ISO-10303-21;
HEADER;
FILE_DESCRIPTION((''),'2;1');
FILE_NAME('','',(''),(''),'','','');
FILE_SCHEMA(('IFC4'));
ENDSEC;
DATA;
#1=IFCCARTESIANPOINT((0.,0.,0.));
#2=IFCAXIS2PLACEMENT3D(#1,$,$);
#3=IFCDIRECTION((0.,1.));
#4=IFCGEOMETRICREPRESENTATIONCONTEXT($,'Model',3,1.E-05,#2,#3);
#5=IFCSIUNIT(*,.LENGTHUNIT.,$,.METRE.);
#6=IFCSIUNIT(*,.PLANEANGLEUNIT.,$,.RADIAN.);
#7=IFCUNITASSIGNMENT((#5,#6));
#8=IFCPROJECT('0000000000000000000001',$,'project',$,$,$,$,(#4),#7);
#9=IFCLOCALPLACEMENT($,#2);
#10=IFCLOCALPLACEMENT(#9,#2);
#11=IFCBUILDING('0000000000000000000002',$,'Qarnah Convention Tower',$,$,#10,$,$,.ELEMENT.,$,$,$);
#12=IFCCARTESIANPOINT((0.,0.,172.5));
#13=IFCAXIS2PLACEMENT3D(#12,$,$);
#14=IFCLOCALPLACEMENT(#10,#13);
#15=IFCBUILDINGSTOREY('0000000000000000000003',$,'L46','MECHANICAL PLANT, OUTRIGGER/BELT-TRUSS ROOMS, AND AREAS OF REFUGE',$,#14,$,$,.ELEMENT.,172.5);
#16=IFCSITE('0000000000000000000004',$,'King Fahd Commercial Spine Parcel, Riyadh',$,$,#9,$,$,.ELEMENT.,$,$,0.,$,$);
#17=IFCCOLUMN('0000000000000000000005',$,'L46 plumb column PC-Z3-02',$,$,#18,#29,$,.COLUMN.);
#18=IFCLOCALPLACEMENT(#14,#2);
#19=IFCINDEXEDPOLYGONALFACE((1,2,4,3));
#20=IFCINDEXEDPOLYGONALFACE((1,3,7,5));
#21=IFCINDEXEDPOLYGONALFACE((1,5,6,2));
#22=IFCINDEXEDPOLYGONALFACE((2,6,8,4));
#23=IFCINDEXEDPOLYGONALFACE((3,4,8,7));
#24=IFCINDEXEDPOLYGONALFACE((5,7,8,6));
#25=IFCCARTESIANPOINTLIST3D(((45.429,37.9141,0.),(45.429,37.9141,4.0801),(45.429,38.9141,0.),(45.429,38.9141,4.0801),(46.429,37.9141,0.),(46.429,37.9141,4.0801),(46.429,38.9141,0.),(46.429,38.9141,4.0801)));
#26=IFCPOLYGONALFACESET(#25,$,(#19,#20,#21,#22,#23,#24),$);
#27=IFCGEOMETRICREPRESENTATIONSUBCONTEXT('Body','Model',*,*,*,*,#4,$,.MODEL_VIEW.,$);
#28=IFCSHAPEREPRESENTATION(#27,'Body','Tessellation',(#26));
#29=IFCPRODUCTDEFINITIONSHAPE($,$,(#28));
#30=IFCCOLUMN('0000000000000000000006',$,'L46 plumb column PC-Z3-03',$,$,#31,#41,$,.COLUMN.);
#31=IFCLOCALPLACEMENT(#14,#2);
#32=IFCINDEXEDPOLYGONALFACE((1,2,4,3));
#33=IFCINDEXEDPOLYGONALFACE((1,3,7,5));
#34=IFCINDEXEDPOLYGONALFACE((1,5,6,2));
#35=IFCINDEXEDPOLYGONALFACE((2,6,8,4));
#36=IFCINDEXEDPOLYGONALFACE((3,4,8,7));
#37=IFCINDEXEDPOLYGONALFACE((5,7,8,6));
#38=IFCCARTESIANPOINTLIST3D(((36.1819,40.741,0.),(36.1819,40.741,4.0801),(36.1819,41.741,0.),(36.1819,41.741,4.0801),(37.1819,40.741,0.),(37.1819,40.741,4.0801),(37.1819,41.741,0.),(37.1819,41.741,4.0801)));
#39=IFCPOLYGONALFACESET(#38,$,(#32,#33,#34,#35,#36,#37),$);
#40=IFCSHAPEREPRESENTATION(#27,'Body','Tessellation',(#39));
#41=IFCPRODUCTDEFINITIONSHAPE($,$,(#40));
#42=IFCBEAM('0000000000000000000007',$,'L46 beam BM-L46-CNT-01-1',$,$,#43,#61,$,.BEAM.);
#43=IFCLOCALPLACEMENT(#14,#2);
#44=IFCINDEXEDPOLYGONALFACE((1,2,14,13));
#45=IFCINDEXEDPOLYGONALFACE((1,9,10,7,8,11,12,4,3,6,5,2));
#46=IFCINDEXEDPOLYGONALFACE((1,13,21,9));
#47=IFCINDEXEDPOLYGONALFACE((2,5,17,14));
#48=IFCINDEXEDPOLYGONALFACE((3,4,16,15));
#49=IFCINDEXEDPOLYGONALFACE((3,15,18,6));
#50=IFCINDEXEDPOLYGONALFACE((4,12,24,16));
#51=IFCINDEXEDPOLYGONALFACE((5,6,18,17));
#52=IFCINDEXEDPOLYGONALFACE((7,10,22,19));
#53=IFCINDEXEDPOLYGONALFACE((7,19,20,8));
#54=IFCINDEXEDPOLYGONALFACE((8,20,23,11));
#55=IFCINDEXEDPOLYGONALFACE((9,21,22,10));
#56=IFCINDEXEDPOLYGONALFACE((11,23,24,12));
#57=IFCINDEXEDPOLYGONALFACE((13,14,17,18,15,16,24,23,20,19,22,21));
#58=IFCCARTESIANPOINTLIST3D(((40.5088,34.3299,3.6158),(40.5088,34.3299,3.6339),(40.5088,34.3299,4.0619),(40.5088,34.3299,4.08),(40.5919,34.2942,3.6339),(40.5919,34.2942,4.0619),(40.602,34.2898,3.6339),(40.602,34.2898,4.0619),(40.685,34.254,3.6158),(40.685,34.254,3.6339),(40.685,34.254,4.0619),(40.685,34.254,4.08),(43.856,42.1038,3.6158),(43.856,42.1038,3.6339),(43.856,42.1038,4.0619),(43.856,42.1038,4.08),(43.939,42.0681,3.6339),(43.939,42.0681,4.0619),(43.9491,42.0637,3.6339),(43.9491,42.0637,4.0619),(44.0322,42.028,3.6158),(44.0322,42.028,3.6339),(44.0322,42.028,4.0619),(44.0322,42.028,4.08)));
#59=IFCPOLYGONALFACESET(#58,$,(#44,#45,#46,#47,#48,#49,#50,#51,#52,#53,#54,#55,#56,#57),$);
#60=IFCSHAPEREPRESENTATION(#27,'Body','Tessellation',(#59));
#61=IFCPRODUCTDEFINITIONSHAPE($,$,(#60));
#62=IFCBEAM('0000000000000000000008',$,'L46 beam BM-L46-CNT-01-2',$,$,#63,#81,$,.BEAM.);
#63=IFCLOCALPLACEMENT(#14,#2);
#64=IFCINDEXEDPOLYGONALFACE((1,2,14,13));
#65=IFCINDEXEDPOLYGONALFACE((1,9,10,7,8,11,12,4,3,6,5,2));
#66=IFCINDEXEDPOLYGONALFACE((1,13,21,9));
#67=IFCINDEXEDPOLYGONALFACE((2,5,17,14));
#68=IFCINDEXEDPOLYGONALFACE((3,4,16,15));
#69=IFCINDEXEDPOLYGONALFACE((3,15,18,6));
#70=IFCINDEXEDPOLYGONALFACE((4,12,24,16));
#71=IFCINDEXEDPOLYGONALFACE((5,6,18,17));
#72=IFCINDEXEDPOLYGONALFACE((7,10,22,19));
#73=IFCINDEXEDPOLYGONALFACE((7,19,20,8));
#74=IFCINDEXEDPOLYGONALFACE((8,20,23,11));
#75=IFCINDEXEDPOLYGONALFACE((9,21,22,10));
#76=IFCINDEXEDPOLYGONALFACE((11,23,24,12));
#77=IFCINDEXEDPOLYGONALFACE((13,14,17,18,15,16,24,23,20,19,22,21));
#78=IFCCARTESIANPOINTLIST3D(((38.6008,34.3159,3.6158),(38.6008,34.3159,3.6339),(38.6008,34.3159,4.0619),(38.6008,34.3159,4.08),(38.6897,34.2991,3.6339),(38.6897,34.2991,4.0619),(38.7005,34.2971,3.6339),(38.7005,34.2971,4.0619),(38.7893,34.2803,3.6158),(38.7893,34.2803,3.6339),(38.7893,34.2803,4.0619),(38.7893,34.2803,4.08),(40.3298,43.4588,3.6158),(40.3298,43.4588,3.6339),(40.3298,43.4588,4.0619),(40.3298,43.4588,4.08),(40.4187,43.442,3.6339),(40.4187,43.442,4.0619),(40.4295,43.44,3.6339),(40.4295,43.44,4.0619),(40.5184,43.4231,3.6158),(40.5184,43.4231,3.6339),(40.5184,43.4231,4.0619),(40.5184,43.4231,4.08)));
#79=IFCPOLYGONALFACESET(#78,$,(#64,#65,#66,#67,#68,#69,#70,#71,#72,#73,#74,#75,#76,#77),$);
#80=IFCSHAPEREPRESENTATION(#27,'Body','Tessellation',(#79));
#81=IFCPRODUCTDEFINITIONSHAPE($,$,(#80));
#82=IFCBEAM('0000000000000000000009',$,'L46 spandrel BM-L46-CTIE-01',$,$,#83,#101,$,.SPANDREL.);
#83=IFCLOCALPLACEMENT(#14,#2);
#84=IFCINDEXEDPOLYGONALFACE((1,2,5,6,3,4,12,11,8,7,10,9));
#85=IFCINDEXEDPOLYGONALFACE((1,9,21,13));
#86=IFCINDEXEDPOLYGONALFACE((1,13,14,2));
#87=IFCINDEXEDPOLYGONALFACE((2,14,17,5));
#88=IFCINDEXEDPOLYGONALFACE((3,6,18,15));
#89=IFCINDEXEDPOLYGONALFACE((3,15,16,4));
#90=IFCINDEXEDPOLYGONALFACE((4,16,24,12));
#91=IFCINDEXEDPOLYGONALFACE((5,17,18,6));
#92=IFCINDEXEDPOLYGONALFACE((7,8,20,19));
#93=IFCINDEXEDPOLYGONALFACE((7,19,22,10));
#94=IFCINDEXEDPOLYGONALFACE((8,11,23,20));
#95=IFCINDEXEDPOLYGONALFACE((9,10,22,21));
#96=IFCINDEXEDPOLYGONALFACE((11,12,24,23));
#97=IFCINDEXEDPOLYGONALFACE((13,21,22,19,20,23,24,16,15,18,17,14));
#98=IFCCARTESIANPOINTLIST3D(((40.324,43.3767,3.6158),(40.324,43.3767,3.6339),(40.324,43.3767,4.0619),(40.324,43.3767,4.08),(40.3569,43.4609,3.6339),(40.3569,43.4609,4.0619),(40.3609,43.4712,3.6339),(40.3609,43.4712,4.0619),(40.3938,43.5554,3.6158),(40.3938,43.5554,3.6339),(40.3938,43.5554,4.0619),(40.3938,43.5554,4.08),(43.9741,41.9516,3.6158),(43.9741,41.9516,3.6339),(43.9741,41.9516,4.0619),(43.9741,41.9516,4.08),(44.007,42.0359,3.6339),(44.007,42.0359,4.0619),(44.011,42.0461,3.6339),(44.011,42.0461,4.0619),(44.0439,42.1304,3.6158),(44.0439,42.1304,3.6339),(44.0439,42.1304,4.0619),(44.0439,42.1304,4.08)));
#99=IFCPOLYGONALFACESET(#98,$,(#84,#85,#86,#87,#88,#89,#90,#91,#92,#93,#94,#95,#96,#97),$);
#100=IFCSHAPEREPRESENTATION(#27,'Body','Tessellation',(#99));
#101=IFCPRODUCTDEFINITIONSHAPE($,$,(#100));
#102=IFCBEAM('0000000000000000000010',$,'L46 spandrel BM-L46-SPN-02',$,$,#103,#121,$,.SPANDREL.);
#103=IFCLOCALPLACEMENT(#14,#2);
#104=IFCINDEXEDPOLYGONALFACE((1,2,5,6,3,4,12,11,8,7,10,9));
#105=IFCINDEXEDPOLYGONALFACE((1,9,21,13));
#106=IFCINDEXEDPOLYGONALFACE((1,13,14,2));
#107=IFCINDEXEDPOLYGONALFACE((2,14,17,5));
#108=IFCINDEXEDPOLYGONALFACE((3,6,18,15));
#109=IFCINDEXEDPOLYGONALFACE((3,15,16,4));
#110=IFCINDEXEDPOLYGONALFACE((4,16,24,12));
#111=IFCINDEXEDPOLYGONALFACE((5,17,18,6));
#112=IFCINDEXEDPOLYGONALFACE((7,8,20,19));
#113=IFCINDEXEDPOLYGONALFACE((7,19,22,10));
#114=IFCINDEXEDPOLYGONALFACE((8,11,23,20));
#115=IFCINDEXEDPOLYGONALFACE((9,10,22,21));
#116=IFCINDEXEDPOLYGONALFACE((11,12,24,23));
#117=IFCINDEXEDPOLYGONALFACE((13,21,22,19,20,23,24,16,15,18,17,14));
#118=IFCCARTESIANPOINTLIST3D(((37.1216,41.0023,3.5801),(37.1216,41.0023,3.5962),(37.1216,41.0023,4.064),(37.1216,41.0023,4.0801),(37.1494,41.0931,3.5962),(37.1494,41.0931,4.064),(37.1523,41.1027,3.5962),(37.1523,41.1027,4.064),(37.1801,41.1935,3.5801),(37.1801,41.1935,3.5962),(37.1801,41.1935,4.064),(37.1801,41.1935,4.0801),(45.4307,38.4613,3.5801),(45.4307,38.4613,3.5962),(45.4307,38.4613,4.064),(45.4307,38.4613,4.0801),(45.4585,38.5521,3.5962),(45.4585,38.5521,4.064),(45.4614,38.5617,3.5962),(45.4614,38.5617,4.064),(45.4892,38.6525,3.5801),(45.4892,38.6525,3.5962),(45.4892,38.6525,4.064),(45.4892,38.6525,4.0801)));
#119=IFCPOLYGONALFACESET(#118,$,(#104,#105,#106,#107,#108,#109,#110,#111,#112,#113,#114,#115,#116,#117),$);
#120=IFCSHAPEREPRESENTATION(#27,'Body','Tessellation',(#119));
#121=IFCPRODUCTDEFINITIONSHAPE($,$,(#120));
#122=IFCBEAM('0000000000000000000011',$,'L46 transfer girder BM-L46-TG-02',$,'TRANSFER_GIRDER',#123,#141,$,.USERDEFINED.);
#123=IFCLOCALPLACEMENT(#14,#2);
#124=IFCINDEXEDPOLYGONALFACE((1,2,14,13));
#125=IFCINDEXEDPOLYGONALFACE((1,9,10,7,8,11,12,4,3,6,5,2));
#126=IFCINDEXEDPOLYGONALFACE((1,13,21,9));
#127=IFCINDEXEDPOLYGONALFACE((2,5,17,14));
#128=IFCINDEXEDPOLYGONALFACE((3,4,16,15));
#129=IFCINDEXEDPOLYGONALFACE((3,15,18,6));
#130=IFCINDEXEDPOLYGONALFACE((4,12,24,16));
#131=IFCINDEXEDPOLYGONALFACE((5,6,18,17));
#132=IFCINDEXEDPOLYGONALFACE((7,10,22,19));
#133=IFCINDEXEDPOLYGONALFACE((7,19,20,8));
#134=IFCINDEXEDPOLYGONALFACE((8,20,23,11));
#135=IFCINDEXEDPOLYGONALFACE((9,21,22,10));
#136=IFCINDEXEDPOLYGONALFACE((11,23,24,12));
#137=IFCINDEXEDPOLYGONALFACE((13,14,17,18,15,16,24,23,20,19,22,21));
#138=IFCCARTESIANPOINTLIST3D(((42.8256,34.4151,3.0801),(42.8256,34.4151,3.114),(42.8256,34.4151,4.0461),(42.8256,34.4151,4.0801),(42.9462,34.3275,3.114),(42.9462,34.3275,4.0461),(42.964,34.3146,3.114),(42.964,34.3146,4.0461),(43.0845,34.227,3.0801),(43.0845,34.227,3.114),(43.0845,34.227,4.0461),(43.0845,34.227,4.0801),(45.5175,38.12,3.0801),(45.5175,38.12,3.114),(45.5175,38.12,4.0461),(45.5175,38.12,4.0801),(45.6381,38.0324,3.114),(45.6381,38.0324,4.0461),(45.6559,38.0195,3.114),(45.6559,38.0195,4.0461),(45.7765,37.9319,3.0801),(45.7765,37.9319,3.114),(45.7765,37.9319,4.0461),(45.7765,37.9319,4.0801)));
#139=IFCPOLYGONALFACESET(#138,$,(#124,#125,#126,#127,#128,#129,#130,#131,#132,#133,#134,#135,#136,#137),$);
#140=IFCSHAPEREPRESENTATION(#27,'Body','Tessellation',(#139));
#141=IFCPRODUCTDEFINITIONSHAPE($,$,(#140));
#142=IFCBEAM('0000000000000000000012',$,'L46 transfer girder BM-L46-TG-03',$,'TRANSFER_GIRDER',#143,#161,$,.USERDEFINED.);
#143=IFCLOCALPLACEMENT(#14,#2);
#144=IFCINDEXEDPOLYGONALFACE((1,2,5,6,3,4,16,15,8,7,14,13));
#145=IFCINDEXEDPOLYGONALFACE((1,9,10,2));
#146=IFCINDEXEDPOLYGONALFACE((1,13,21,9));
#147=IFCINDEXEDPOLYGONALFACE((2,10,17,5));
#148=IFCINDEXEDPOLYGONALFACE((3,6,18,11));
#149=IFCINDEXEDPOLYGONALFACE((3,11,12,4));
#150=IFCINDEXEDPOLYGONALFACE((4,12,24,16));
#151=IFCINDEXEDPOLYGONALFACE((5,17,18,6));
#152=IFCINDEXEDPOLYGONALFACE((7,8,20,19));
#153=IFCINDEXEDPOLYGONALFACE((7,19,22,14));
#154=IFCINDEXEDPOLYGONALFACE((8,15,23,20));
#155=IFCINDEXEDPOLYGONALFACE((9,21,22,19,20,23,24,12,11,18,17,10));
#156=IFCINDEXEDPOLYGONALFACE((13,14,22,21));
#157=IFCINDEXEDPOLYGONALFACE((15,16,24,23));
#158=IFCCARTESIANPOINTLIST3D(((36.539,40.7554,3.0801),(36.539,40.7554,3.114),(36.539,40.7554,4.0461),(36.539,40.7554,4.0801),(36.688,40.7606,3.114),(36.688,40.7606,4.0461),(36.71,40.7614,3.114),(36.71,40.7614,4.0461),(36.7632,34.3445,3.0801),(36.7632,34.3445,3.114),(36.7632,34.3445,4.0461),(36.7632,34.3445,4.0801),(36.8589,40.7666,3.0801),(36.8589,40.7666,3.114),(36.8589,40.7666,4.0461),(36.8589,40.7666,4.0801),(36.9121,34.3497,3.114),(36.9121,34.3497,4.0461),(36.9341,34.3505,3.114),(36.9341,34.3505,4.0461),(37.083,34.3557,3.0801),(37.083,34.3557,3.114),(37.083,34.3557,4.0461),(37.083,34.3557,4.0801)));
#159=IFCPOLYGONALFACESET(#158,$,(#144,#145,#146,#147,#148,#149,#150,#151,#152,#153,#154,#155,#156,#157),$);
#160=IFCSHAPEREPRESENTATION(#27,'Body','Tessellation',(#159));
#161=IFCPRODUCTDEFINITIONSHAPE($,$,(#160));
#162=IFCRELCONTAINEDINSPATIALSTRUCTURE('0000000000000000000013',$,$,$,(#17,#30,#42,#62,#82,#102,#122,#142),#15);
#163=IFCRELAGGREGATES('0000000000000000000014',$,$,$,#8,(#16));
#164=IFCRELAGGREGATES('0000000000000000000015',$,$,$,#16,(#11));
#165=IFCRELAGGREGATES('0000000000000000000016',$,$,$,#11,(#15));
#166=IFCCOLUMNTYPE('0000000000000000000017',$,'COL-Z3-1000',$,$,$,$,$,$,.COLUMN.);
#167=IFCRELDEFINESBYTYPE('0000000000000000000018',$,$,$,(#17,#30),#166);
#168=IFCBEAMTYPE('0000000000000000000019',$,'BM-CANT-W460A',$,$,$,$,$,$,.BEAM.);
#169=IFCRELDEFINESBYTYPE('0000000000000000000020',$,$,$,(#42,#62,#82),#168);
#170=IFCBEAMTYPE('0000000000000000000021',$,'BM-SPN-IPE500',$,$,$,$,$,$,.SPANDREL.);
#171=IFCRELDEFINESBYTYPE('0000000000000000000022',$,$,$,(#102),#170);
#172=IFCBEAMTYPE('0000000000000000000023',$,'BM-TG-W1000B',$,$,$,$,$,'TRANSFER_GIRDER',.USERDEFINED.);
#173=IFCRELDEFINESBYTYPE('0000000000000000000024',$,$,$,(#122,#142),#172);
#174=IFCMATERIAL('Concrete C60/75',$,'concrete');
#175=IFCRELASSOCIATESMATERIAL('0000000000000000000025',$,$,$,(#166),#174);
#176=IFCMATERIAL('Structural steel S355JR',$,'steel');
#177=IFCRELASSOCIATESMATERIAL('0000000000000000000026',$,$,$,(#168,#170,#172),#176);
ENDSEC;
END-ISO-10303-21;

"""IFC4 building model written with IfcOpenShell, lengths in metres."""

from ifc_helpers import new_model, si_unit, direction, frame, origin, origin_2d, place, context, subcontext, project, spatial, rectangle, i_section, extrude, material, material_profile, profile_set, type_object, element, save


model = new_model("IFC4")

# Units and contexts
model_context = context("Model", 3, precision=1e-05, world=origin(), true_north=direction((0.0, 1.0)))
body_context = subcontext(model_context, "Body", "Model", "MODEL_VIEW")
ifc_project = project(units=[si_unit("LENGTHUNIT", "METRE"), si_unit("PLANEANGLEUNIT", "RADIAN")], contexts=[model_context])

# Site, building, storey
site_placement = place(None, origin())
site = spatial("IfcSite", under=ifc_project, at=site_placement, Name="King Fahd Commercial Spine Parcel, Riyadh", CompositionType="ELEMENT", RefElevation=0.0)
building_placement = place(site_placement, origin())
building = spatial("IfcBuilding", under=site, at=building_placement, Name="Qarnah Convention Tower", CompositionType="ELEMENT")
storey_placement = place(building_placement, frame((0.0, 0.0, 172.5)))
storey = spatial("IfcBuildingStorey", under=building, at=storey_placement, Name="L46", Description="MECHANICAL PLANT, OUTRIGGER/BELT-TRUSS ROOMS, AND AREAS OF REFUGE", CompositionType="ELEMENT", Elevation=172.5)

# Columns
ifc_material_1 = material(Name="Concrete C60/75", Category="concrete")
ifc_material_profile_1 = material_profile(ifc_material_1, rectangle(XDim=1.0, YDim=1.0, at=origin_2d()), Name="RC-COL-1000X1000")
ifc_profile_set_1 = profile_set([ifc_material_profile_1], Name="Concrete C60/75")
column_type = type_object("IfcColumnType", Name="COL-Z3-1000", PredefinedType="COLUMN", material=ifc_profile_set_1)
for number, where, z_axis, x_axis, name in (
    (1, (45.929, 38.4141, 0.0), (0.0, 0.0, 1.0), (1.0, 0.0, 0.0), "L46 plumb column PC-Z3-02"),
    (2, (36.6819, 41.241, 0.0), (0.0, 0.0, 1.0), (1.0, 0.0, 0.0), "L46 plumb column PC-Z3-03"),
):
    element("IfcColumn", number, at=place(storey_placement, frame(where, z_axis=z_axis, x_axis=x_axis)), inside=storey, type_object=column_type, Name=name, PredefinedType="COLUMN", context=body_context, shape_type="SweptSolid", body=[
        extrude(rectangle(XDim=1.0, YDim=1.0, at=origin_2d()), origin(), (0.0, 0.0, 1.0), 4.0801),
    ])

# Beams
ifc_material_2 = material(Name="Structural steel S355JR", Category="steel")
ifc_material_profile_2 = material_profile(ifc_material_2, i_section(OverallWidth=0.1919, OverallDepth=0.4641, WebThickness=0.011, FlangeThickness=0.0181, at=origin_2d()), Name="W460X89")
ifc_profile_set_2 = profile_set([ifc_material_profile_2], Name="Structural steel S355JR")
beam_type_1 = type_object("IfcBeamType", Name="BM-CANT-W460A", PredefinedType="BEAM", material=ifc_profile_set_2)
beam_1_placement = place(storey_placement, frame((40.5969, 34.292, 3.8479), z_axis=(0.395464, 0.918481, 0.0), x_axis=(-0.918481, 0.395464, 0.0)))
element("IfcBeam", 3, at=beam_1_placement, inside=storey, type_object=beam_type_1, Name="L46 beam BM-L46-CNT-01-1", PredefinedType="BEAM", context=body_context, shape_type="SweptSolid", body=[
    extrude(i_section(OverallWidth=0.1919, OverallDepth=0.4641, WebThickness=0.011, FlangeThickness=0.0181, at=origin_2d()), origin(), (0.0, 0.0, 1.0), 8.4639),
])
beam_2_placement = place(storey_placement, frame((38.6951, 34.2981, 3.8479), z_axis=(0.185817, 0.982584, 0.0), x_axis=(-0.982584, 0.185817, 0.0)))
element("IfcBeam", 4, at=beam_2_placement, inside=storey, type_object=beam_type_1, Name="L46 beam BM-L46-CNT-01-2", PredefinedType="BEAM", context=body_context, shape_type="SweptSolid", body=[
    extrude(i_section(OverallWidth=0.1919, OverallDepth=0.4641, WebThickness=0.011, FlangeThickness=0.0181, at=origin_2d()), origin(), (0.0, 0.0, 1.0), 9.3049),
])
beam_3_placement = place(storey_placement, frame((44.009, 42.041, 3.8479), z_axis=(-0.931526, 0.363676, 0.0), x_axis=(-0.363676, -0.931526, 0.0)))
element("IfcBeam", 5, at=beam_3_placement, inside=storey, type_object=beam_type_1, Name="L46 spandrel BM-L46-CTIE-01", PredefinedType="SPANDREL", context=body_context, shape_type="SweptSolid", body=[
    extrude(i_section(OverallWidth=0.1919, OverallDepth=0.4641, WebThickness=0.011, FlangeThickness=0.0181, at=origin_2d()), origin(), (0.0, 0.0, 1.0), 3.9185),
])
ifc_material_profile_3 = material_profile(ifc_material_2, i_section(OverallWidth=0.2, OverallDepth=0.5, WebThickness=0.01, FlangeThickness=0.0161, at=origin_2d()), Name="IPE500")
ifc_profile_set_3 = profile_set([ifc_material_profile_3], Name="Structural steel S355JR")
beam_type_2 = type_object("IfcBeamType", Name="BM-SPN-IPE500", PredefinedType="SPANDREL", material=ifc_profile_set_3)
beam_4_placement = place(storey_placement, frame((45.46, 38.5569, 3.8301), z_axis=(-0.956283, 0.292443, 0.0), x_axis=(-0.292443, -0.956283, 0.0)))
element("IfcBeam", 6, at=beam_4_placement, inside=storey, type_object=beam_type_2, Name="L46 spandrel BM-L46-SPN-02", PredefinedType="SPANDREL", context=body_context, shape_type="SweptSolid", body=[
    extrude(i_section(OverallWidth=0.2, OverallDepth=0.5, WebThickness=0.01, FlangeThickness=0.0161, at=origin_2d()), origin(), (0.0, 0.0, 1.0), 8.689),
])
ifc_material_profile_4 = material_profile(ifc_material_2, i_section(OverallWidth=0.3201, OverallDepth=1.0, WebThickness=0.022, FlangeThickness=0.0339, at=origin_2d()), Name="W1000X371")
ifc_profile_set_4 = profile_set([ifc_material_profile_4], Name="Structural steel S355JR")
beam_type_3 = type_object("IfcBeamType", Name="BM-TG-W1000B", ElementType="TRANSFER_GIRDER", PredefinedType="USERDEFINED", material=ifc_profile_set_4)
beam_5_placement = place(storey_placement, frame((42.9551, 34.321, 3.5801), z_axis=(0.58781, 0.808999, 0.0), x_axis=(-0.808999, 0.58781, 0.0)))
element("IfcBeam", 7, at=beam_5_placement, inside=storey, type_object=beam_type_3, Name="L46 transfer girder BM-L46-TG-02", ObjectType="TRANSFER_GIRDER", PredefinedType="USERDEFINED", context=body_context, shape_type="SweptSolid", body=[
    extrude(i_section(OverallWidth=0.3201, OverallDepth=1.0, WebThickness=0.022, FlangeThickness=0.0339, at=origin_2d()), origin(), (0.0, 0.0, 1.0), 4.5796),
])
beam_6_placement = place(storey_placement, frame((36.9231, 34.3501, 3.5801), z_axis=(-0.034938, 0.999389, 0.0), x_axis=(-0.999389, -0.034938, 0.0)))
element("IfcBeam", 8, at=beam_6_placement, inside=storey, type_object=beam_type_3, Name="L46 transfer girder BM-L46-TG-03", ObjectType="TRANSFER_GIRDER", PredefinedType="USERDEFINED", context=body_context, shape_type="SweptSolid", body=[
    extrude(i_section(OverallWidth=0.3201, OverallDepth=1.0, WebThickness=0.022, FlangeThickness=0.0339, at=origin_2d()), origin(), (0.0, 0.0, 1.0), 6.4148),
])

save(model, "model.ifc")
